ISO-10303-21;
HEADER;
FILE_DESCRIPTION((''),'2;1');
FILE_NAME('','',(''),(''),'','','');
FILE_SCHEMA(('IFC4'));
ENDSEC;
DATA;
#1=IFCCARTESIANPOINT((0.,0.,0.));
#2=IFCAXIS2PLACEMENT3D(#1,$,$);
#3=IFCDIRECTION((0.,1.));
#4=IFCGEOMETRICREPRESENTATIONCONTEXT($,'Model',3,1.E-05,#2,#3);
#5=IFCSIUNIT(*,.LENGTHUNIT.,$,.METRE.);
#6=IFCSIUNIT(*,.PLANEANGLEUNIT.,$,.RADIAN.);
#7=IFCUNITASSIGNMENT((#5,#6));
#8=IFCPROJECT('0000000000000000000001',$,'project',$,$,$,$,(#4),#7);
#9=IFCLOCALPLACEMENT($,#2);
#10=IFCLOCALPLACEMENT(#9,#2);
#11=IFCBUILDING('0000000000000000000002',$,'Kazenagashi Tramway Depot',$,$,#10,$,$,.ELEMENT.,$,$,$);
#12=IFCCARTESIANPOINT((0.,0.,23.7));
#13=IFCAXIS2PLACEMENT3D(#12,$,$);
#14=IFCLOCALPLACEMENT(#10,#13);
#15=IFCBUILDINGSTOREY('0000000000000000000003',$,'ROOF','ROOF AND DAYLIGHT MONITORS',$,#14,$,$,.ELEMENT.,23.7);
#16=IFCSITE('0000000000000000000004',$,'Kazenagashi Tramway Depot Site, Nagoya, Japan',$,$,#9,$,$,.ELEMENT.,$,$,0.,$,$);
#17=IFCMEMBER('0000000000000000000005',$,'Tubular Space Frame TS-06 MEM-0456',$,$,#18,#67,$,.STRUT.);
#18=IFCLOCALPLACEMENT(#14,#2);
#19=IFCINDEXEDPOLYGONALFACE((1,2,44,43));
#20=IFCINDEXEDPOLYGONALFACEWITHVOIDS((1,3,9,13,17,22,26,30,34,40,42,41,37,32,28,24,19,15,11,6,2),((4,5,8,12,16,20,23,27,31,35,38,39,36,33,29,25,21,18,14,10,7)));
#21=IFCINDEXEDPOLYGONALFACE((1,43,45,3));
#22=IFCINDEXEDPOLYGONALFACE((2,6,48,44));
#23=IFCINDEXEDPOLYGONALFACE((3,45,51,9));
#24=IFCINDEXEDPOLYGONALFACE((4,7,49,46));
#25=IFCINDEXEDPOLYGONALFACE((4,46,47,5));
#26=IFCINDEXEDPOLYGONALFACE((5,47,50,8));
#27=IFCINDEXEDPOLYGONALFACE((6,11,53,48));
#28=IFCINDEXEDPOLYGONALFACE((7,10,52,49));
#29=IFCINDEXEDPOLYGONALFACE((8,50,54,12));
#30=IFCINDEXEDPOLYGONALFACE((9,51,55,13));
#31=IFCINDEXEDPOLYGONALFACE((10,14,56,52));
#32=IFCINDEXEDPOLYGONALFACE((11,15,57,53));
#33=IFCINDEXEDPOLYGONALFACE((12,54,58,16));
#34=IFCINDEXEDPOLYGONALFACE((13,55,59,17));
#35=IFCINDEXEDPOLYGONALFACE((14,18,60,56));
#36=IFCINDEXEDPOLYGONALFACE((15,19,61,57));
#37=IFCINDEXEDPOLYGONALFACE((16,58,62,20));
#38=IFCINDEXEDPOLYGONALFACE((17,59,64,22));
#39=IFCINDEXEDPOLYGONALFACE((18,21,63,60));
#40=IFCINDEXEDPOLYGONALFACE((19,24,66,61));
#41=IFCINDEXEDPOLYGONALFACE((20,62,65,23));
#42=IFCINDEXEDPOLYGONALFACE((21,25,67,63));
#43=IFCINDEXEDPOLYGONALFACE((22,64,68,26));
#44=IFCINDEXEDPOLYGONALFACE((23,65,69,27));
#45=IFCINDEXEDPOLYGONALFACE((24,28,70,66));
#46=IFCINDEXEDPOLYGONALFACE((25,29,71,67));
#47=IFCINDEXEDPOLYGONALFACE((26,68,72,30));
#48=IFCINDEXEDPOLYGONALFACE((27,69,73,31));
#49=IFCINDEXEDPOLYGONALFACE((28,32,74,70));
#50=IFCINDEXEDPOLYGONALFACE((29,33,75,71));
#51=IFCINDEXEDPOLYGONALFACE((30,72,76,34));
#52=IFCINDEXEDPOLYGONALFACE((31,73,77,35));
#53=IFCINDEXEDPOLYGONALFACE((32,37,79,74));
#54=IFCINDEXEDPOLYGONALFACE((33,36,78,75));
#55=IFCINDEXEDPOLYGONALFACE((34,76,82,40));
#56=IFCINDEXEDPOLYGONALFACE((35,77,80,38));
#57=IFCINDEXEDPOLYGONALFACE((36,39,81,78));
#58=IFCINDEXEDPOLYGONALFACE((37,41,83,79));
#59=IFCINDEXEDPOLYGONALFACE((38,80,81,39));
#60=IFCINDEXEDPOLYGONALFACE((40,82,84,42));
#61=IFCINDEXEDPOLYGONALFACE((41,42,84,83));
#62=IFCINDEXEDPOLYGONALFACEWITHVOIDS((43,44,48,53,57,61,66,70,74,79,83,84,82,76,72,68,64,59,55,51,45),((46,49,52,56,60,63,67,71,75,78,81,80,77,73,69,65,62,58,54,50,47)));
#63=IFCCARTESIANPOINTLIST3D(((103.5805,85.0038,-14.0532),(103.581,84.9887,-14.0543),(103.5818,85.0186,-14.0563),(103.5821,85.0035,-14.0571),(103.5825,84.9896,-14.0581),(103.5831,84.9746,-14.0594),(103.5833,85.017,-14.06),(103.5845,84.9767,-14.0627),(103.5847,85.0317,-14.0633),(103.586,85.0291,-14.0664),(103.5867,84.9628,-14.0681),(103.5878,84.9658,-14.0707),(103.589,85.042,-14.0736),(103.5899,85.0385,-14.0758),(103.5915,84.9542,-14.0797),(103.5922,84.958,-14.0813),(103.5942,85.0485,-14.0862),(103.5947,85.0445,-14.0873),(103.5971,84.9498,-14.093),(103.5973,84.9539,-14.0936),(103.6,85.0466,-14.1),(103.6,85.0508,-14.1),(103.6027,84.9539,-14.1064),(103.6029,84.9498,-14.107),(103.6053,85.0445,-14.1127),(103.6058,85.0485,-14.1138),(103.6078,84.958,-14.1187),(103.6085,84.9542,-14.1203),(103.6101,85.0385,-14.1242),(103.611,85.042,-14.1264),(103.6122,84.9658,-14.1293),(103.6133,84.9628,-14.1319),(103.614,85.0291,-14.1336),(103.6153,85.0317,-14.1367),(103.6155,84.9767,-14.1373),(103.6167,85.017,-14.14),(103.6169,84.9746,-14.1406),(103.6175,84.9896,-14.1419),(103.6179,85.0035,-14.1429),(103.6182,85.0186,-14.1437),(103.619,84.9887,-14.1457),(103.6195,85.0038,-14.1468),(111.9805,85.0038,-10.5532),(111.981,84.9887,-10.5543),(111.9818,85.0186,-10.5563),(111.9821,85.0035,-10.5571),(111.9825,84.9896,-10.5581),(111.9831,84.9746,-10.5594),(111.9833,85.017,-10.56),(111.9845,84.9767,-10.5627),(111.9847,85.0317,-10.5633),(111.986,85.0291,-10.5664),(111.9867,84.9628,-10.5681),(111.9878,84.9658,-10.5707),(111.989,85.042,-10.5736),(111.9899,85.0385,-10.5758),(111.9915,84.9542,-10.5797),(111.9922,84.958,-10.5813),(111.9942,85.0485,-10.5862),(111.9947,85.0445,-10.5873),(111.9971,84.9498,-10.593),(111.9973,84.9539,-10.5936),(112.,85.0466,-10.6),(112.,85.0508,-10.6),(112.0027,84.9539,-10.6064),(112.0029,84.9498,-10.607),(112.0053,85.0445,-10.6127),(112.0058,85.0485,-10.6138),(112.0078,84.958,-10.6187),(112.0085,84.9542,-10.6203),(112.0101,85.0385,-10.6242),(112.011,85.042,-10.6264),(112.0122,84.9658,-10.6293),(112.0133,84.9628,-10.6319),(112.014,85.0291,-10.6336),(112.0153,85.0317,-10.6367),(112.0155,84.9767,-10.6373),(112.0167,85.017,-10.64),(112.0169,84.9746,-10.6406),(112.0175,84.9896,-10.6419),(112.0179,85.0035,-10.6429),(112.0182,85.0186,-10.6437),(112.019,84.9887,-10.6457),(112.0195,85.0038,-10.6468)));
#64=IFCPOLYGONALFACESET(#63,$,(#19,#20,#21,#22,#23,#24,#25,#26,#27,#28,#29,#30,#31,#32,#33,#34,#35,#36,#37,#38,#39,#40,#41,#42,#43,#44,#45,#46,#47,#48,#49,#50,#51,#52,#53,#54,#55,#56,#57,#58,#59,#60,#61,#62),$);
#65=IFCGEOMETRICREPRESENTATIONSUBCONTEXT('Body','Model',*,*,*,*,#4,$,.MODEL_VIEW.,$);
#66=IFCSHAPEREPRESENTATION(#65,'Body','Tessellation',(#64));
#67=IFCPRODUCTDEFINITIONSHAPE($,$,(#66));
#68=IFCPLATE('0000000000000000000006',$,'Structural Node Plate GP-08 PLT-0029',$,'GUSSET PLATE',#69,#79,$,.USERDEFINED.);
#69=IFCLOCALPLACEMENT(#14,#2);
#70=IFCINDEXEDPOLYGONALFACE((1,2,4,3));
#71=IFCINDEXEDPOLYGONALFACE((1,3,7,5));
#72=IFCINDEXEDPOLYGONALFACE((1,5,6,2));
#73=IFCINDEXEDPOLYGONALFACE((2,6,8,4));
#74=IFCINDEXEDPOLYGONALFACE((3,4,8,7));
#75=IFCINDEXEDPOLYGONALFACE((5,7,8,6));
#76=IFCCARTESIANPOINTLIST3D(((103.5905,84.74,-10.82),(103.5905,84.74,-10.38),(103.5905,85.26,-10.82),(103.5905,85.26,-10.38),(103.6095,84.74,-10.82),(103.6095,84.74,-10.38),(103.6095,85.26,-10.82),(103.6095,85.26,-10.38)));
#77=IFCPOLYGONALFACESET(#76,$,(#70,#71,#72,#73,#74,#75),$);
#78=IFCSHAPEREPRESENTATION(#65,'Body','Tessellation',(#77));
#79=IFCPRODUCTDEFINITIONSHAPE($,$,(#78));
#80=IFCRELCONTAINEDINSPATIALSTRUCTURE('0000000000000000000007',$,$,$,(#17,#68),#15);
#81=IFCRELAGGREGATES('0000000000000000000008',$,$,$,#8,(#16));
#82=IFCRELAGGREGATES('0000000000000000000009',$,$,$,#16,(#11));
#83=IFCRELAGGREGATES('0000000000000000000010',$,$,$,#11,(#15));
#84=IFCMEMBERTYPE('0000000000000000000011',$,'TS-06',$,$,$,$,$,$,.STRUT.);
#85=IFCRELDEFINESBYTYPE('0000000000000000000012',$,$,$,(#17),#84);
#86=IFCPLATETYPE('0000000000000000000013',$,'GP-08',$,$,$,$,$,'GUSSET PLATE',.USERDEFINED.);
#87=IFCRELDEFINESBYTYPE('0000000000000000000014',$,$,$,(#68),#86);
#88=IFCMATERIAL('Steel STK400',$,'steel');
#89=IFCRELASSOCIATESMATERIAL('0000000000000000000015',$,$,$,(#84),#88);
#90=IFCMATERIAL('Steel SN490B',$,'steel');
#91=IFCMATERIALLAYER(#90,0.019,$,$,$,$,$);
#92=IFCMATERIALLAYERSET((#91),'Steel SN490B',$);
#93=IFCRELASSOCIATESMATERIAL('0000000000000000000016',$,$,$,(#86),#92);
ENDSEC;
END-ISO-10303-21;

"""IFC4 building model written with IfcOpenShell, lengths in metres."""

from ifc_helpers import new_model, si_unit, direction, frame, origin, origin_2d, place, context, subcontext, project, spatial, rectangle, hollow_circle, extrude, material, layer, layer_set, material_profile, profile_set, type_object, element, save


model = new_model("IFC4")

# Units and contexts
model_context = context("Model", 3, precision=1e-05, world=origin(), true_north=direction((0.0, 1.0)))
body_context = subcontext(model_context, "Body", "Model", "MODEL_VIEW")
ifc_project = project(units=[si_unit("LENGTHUNIT", "METRE"), si_unit("PLANEANGLEUNIT", "RADIAN")], contexts=[model_context])

# Site, building, storey
site_placement = place(None, origin())
site = spatial("IfcSite", under=ifc_project, at=site_placement, Name="Kazenagashi Tramway Depot Site, Nagoya, Japan", CompositionType="ELEMENT", RefElevation=0.0)
building_placement = place(site_placement, origin())
building = spatial("IfcBuilding", under=site, at=building_placement, Name="Kazenagashi Tramway Depot", CompositionType="ELEMENT")
storey_placement = place(building_placement, frame((0.0, 0.0, 23.7)))
storey = spatial("IfcBuildingStorey", under=building, at=storey_placement, Name="ROOF", Description="ROOF AND DAYLIGHT MONITORS", CompositionType="ELEMENT", Elevation=23.7)

# Member
ifc_material_1 = material(Name="Steel STK400", Category="steel")
ifc_material_profile_1 = material_profile(ifc_material_1, hollow_circle(Radius=0.0508, WallThickness=0.0042, at=origin_2d()), Name="CHS-101.6x4.2")
ifc_profile_set_1 = profile_set([ifc_material_profile_1], Name="Steel STK400")
member_type_1 = type_object("IfcMemberType", Name="TS-06", PredefinedType="STRUT", material=ifc_profile_set_1)
member_1_placement = place(storey_placement, frame((103.6, 85.0, -14.1), z_axis=(0.923077, 0.0, 0.384615), x_axis=(0.0, 1.0, 0.0)))
element("IfcMember", 1, at=member_1_placement, inside=storey, type_object=member_type_1, Name="Tubular Space Frame TS-06 MEM-0456", PredefinedType="STRUT", context=body_context, shape_type="SweptSolid", body=[
    extrude(hollow_circle(Radius=0.0508, WallThickness=0.0042, at=origin_2d()), origin(), (0.0, 0.0, 1.0), 9.1),
])

# Plate
ifc_material_2 = material(Name="Steel SN490B", Category="steel")
ifc_layer = layer(ifc_material_2, 0.019)
ifc_layer_set = layer_set([ifc_layer], Name="Steel SN490B")
plate_type = type_object("IfcPlateType", Name="GP-08", ElementType="GUSSET PLATE", PredefinedType="USERDEFINED", material=ifc_layer_set)
plate_placement = place(storey_placement, frame((103.6, 85.0, -10.82), z_axis=(0.0, 0.0, 1.0), x_axis=(0.0, 1.0, 0.0)))
element("IfcPlate", 2, at=plate_placement, inside=storey, type_object=plate_type, Name="Structural Node Plate GP-08 PLT-0029", ObjectType="GUSSET PLATE", PredefinedType="USERDEFINED", context=body_context, shape_type="SweptSolid", body=[
    extrude(rectangle(XDim=0.52, YDim=0.019, at=origin_2d()), origin(), (0.0, 0.0, 1.0), 0.44),
])

save(model, "model.ifc")
